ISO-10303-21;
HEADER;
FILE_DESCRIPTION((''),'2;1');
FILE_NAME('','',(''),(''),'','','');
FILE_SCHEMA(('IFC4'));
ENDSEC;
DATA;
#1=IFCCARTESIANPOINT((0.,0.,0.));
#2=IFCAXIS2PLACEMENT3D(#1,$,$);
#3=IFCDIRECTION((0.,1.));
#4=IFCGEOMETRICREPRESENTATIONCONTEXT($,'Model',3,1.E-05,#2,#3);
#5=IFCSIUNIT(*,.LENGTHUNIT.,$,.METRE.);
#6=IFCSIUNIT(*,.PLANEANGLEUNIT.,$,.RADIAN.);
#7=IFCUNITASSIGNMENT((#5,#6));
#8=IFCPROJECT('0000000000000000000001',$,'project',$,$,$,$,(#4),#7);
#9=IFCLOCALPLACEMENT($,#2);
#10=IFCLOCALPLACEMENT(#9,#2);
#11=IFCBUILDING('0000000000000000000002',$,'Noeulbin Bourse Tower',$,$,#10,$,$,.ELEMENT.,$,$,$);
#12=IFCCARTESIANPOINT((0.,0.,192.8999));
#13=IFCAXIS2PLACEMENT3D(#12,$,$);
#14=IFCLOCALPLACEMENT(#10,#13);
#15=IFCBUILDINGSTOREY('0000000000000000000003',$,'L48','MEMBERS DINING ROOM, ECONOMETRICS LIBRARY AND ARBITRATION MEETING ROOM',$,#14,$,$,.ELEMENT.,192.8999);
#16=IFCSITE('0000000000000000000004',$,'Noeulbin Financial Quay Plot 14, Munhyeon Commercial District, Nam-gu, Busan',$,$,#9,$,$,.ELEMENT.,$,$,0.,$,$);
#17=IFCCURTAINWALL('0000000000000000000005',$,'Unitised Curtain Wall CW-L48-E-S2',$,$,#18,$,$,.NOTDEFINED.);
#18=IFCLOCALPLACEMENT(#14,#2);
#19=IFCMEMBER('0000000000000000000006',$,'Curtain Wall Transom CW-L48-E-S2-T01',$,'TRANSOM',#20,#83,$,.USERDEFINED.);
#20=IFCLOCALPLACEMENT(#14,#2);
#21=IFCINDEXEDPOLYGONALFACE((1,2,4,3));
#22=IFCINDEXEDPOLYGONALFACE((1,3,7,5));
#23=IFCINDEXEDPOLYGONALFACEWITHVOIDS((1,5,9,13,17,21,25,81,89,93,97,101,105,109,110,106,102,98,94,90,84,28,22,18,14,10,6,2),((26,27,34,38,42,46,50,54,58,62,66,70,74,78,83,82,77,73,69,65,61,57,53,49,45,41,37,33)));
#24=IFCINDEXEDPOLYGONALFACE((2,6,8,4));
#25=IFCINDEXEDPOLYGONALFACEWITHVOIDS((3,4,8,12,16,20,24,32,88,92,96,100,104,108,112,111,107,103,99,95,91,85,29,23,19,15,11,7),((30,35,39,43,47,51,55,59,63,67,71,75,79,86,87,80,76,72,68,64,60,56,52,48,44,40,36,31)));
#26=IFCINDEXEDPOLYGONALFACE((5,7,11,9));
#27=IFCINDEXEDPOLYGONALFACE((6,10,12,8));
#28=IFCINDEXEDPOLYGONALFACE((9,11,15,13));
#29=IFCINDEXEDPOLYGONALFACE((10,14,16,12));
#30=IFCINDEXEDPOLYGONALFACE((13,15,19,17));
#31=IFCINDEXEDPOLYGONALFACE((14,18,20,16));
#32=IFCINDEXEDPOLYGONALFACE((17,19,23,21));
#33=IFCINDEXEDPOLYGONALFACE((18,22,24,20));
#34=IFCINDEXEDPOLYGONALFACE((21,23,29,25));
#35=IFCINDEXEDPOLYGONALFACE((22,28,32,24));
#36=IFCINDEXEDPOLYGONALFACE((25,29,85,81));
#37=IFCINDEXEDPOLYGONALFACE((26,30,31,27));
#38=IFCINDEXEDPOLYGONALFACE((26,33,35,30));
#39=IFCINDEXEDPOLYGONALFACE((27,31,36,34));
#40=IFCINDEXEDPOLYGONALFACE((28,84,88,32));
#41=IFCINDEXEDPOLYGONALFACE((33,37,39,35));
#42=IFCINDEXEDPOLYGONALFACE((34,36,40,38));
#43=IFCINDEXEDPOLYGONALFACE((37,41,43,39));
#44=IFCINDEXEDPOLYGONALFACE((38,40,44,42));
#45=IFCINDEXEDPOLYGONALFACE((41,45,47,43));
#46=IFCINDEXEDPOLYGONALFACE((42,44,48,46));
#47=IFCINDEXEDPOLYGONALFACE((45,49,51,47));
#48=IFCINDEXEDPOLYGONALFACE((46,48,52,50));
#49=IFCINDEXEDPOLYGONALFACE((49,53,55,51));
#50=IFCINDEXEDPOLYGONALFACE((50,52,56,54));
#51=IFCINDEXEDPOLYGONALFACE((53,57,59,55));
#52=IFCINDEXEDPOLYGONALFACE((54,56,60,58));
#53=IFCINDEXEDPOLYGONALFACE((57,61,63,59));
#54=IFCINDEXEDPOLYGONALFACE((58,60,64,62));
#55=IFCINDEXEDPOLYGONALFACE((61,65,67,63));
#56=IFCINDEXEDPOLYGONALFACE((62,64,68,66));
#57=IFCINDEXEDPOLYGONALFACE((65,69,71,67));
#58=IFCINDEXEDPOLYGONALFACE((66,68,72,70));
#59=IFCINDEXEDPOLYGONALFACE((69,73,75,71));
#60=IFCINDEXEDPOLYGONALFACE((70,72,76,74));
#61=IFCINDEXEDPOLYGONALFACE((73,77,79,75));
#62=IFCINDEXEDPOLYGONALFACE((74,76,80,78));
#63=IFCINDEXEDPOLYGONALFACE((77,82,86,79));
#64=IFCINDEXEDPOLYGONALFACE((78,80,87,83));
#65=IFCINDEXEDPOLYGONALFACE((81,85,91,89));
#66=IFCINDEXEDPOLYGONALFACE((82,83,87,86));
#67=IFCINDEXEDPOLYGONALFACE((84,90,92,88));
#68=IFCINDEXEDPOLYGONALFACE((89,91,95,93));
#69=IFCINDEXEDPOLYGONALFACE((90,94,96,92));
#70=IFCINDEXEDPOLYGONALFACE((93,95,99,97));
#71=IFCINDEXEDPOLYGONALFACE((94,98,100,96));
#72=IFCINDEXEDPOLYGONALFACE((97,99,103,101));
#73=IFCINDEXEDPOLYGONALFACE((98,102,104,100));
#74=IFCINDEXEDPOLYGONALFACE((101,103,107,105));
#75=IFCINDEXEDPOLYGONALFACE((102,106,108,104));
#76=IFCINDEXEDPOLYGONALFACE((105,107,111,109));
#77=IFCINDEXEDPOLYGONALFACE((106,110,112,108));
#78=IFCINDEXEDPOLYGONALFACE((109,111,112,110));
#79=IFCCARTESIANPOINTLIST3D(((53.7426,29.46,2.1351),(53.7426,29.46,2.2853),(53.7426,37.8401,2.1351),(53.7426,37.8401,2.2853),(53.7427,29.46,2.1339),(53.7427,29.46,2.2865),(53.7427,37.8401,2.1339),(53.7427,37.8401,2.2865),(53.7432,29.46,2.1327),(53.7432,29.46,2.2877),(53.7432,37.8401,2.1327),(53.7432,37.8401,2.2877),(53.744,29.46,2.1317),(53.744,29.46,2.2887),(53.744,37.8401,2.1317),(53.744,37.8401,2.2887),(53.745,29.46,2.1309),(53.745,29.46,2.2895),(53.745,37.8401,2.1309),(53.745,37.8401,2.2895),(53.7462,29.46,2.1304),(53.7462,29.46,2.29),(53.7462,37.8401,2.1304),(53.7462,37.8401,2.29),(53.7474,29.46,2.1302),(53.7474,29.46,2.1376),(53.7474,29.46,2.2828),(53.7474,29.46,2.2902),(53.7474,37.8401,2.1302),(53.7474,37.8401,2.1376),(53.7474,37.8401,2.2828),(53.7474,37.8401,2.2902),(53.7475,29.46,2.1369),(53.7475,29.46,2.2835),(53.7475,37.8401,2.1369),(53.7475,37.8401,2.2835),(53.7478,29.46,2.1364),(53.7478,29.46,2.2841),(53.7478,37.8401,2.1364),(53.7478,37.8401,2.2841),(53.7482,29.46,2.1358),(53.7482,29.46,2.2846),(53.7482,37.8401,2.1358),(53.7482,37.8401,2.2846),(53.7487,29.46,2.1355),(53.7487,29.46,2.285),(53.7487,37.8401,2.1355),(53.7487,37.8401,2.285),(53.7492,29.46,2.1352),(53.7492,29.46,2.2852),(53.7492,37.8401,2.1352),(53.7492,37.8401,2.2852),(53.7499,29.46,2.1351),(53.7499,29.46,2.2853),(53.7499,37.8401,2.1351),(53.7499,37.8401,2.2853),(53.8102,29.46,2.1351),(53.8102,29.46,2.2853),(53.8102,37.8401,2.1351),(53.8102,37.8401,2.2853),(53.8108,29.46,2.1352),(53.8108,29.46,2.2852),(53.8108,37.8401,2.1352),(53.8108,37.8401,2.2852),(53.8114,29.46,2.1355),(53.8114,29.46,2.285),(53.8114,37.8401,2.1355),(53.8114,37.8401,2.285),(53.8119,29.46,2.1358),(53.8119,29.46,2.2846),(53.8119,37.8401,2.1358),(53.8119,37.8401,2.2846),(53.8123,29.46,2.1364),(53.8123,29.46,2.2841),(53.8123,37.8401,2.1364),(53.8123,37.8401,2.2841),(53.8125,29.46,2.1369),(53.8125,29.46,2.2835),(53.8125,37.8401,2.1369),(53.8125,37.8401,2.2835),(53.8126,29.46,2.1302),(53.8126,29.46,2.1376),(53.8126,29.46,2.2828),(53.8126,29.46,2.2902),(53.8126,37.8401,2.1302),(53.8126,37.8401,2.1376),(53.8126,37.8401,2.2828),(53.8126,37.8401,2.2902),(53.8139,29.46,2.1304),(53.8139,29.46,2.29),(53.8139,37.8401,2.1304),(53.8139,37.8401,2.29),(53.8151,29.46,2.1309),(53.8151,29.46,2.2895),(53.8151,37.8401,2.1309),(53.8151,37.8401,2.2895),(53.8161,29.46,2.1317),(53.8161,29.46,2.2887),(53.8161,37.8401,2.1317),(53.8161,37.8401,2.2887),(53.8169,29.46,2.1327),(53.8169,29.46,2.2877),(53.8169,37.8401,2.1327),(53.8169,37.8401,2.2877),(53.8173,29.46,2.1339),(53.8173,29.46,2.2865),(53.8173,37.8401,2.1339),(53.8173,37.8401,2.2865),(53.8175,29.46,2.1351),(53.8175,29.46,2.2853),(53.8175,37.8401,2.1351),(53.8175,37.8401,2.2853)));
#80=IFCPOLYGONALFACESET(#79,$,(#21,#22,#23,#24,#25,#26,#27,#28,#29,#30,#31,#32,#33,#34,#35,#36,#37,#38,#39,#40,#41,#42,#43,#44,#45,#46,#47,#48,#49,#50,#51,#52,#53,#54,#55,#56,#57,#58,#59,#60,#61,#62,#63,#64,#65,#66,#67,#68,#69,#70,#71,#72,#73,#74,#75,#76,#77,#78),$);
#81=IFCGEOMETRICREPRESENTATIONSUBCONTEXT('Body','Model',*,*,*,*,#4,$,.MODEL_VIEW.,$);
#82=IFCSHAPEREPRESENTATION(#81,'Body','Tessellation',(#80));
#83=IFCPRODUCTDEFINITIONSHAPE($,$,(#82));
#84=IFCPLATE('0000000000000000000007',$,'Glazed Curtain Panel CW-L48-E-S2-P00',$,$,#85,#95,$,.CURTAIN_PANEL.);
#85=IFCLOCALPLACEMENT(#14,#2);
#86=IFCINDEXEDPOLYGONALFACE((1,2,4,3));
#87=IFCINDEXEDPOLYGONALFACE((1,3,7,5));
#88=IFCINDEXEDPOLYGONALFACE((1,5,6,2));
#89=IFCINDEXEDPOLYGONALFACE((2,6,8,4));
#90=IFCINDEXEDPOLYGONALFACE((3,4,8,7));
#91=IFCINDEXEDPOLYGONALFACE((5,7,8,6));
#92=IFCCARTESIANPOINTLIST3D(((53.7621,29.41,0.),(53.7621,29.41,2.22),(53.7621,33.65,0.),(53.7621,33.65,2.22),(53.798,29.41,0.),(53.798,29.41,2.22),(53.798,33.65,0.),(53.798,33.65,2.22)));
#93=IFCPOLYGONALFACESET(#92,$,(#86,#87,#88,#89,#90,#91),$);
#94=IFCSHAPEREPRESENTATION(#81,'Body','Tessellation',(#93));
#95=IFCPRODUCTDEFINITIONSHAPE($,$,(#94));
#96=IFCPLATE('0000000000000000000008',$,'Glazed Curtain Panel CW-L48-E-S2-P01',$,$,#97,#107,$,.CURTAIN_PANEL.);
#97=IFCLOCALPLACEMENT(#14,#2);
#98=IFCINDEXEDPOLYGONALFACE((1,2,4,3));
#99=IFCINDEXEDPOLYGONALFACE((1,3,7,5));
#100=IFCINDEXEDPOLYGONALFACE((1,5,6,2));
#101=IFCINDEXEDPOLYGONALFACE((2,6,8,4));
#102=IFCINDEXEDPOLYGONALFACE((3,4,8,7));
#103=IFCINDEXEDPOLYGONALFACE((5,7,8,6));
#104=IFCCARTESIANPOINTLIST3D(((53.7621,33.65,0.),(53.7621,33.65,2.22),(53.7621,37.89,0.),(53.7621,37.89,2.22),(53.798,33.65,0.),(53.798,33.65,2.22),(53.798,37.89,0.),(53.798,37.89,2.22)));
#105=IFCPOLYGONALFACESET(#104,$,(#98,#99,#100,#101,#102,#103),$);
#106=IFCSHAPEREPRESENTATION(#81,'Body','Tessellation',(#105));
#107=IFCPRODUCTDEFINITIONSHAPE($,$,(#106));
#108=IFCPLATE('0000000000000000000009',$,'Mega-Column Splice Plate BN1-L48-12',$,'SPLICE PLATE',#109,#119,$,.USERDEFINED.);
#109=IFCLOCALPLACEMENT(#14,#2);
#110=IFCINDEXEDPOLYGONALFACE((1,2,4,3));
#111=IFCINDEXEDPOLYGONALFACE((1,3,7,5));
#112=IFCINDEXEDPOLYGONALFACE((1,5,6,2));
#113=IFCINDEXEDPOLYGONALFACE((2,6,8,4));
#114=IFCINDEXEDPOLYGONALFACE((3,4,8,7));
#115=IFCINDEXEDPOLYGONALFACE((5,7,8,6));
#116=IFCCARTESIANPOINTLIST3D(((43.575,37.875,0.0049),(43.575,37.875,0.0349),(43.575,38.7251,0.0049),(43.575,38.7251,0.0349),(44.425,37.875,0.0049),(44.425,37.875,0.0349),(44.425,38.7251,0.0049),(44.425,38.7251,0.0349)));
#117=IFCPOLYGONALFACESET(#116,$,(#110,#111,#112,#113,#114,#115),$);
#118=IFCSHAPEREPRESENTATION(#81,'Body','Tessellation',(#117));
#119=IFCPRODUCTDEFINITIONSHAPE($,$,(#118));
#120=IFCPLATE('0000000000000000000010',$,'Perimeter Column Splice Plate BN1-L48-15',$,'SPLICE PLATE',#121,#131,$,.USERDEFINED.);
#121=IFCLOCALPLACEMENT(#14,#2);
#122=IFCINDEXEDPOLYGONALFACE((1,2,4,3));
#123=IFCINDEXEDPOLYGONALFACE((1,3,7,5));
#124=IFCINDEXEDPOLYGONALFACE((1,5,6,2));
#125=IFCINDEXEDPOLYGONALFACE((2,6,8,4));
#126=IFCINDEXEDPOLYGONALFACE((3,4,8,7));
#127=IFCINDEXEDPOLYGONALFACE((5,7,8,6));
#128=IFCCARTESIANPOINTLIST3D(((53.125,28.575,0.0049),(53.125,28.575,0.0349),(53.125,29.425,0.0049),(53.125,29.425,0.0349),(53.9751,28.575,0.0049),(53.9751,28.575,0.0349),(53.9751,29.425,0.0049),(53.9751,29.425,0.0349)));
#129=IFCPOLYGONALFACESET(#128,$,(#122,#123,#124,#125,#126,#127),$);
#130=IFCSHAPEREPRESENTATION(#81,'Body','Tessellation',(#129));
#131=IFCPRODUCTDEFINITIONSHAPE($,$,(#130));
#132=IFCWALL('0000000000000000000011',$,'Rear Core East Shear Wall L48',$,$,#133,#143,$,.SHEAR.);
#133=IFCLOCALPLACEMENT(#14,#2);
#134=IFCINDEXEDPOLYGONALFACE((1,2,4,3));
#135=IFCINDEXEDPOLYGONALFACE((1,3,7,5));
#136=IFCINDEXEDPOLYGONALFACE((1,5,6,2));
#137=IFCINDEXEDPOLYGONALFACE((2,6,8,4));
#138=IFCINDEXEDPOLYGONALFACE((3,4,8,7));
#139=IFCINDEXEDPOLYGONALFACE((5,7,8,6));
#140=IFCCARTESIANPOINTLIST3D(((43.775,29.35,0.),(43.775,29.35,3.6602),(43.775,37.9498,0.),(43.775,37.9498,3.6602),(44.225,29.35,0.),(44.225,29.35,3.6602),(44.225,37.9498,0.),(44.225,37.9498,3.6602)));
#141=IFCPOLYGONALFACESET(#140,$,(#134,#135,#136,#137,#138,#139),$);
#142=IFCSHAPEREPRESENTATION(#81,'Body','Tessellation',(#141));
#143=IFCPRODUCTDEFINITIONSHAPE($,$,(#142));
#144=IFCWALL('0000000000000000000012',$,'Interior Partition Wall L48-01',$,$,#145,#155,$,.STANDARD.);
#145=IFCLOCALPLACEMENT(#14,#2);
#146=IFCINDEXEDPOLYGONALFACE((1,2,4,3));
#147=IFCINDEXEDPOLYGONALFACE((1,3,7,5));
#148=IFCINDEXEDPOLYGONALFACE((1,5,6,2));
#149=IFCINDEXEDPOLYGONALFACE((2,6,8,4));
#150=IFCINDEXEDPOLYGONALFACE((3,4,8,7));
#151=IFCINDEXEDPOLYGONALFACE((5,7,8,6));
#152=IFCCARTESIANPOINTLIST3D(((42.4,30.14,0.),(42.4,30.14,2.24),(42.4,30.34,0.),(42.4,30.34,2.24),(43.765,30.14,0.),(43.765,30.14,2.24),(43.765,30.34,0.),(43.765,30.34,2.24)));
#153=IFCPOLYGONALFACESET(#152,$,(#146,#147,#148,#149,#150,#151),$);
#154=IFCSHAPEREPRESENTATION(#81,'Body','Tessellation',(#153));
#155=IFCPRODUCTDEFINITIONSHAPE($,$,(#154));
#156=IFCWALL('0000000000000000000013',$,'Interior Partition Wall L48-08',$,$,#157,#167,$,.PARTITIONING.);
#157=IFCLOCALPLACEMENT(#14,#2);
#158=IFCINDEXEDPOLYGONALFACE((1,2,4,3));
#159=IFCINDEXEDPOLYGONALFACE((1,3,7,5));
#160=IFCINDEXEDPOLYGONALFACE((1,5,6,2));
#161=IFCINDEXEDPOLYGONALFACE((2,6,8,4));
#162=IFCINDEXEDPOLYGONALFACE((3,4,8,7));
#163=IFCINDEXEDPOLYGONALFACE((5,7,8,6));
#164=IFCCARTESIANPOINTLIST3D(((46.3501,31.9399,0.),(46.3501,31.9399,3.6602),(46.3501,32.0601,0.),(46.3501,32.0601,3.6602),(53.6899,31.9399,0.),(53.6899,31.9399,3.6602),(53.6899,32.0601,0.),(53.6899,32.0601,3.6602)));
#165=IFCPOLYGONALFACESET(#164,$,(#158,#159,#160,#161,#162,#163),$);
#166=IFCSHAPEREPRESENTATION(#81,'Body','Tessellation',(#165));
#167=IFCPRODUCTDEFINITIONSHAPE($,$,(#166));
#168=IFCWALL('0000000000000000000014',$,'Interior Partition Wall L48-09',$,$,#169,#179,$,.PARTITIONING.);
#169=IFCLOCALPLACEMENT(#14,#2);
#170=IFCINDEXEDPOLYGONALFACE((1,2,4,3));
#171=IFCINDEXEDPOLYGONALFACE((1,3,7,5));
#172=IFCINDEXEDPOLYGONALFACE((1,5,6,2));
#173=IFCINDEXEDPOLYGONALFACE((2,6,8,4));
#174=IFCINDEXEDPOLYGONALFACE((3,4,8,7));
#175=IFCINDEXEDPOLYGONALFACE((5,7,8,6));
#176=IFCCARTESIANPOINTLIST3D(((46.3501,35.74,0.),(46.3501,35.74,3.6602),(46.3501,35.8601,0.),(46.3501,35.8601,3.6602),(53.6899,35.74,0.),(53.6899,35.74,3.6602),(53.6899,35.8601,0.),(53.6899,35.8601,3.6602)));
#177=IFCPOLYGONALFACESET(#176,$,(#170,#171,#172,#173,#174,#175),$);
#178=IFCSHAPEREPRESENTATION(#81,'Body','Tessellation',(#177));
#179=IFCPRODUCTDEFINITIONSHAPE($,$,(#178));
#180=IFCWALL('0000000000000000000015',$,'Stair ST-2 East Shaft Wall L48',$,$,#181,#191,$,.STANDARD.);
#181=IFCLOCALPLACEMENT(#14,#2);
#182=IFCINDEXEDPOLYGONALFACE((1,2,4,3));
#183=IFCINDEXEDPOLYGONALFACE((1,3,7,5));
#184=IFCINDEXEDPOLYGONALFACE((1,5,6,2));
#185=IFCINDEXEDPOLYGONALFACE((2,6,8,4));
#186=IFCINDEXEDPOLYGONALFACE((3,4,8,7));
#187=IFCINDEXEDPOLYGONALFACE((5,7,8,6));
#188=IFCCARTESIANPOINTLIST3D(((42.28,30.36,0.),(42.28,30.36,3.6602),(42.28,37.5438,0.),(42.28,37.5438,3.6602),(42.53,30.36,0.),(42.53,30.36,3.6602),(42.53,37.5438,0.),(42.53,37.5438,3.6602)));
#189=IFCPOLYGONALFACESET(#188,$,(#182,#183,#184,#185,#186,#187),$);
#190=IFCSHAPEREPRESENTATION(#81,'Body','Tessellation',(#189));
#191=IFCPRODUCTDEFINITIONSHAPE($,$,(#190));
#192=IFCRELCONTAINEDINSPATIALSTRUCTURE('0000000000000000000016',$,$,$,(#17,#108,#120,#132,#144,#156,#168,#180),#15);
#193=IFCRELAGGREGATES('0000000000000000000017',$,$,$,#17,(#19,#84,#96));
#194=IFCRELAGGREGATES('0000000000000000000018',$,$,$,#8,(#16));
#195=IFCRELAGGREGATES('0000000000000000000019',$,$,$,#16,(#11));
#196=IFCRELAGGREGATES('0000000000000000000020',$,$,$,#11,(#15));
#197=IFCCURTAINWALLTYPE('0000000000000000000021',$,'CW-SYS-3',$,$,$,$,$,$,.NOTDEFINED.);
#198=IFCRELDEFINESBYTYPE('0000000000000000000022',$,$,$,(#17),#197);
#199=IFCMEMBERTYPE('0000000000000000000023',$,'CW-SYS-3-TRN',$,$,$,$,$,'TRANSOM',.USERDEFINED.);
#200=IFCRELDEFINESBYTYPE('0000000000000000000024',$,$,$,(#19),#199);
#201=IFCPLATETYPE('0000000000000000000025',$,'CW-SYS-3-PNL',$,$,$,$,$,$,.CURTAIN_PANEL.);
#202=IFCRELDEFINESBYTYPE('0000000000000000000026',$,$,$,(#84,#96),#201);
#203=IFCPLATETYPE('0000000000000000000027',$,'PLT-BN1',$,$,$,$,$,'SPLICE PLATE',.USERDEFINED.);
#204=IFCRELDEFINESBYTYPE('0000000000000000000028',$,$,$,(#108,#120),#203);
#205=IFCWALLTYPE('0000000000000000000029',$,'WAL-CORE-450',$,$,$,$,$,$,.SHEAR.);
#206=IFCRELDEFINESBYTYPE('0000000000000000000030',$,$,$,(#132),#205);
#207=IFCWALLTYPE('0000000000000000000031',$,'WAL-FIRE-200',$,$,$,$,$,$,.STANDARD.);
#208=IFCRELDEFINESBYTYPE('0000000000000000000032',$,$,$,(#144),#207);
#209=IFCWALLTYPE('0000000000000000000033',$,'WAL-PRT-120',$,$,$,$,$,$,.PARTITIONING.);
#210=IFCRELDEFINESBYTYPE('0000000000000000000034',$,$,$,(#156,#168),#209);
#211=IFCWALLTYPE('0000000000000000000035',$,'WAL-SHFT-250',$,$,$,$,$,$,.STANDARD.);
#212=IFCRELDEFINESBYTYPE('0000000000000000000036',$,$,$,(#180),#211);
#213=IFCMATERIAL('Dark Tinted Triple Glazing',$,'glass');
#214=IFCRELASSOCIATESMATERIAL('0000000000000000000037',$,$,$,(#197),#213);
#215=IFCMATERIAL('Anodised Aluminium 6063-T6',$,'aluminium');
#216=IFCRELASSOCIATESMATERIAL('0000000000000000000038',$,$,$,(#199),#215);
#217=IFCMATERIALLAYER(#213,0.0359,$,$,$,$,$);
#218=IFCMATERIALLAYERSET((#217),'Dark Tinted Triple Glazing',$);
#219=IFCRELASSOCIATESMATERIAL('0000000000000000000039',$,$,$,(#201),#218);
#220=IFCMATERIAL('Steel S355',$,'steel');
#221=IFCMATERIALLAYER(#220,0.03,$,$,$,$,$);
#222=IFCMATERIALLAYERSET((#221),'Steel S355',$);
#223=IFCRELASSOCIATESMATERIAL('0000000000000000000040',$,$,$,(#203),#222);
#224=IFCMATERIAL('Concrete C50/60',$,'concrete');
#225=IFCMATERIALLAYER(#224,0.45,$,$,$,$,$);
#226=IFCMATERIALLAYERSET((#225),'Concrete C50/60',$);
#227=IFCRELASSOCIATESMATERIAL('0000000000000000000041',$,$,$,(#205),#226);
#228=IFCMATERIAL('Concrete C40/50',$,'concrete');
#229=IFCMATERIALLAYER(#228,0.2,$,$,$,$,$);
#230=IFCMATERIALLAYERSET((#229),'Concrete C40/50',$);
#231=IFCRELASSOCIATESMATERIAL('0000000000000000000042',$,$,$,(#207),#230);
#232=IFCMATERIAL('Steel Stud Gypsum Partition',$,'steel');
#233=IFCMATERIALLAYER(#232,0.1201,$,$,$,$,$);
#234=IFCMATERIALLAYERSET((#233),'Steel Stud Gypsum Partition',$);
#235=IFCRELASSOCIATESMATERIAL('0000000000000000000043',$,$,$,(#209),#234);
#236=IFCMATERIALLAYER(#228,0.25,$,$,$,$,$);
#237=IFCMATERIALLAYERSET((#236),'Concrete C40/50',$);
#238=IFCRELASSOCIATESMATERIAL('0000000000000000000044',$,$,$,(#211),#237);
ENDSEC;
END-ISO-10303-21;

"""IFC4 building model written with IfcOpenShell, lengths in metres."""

from ifc_helpers import new_model, si_unit, direction, frame, frame_2d, origin, origin_2d, place, context, subcontext, project, spatial, rectangle, hollow_rectangle, extrude, material, layer, layer_set, material_profile, profile_set, type_object, element, aggregate, save


model = new_model("IFC4")

# Units and contexts
model_context = context("Model", 3, precision=1e-05, world=origin(), true_north=direction((0.0, 1.0)))
body_context = subcontext(model_context, "Body", "Model", "MODEL_VIEW")
ifc_project = project(units=[si_unit("LENGTHUNIT", "METRE"), si_unit("PLANEANGLEUNIT", "RADIAN")], contexts=[model_context])

# Site, building, storey
site_placement = place(None, origin())
site = spatial("IfcSite", under=ifc_project, at=site_placement, Name="Noeulbin Financial Quay Plot 14, Munhyeon Commercial District, Nam-gu, Busan", CompositionType="ELEMENT", RefElevation=0.0)
building_placement = place(site_placement, origin())
building = spatial("IfcBuilding", under=site, at=building_placement, Name="Noeulbin Bourse Tower", CompositionType="ELEMENT")
storey_placement = place(building_placement, frame((0.0, 0.0, 192.8999)))
storey = spatial("IfcBuildingStorey", under=building, at=storey_placement, Name="L48", Description="MEMBERS DINING ROOM, ECONOMETRICS LIBRARY AND ARBITRATION MEETING ROOM", CompositionType="ELEMENT", Elevation=192.8999)

# Shared definitions
ifc_material_1 = material(Name="Steel S355", Category="steel")

# Curtain wall, member, plates
ifc_material_2 = material(Name="Dark Tinted Triple Glazing", Category="glass")
curtain_wall_type = type_object("IfcCurtainWallType", Name="CW-SYS-3", PredefinedType="NOTDEFINED", material=ifc_material_2)
curtain_wall_placement = place(storey_placement, origin())
curtain_wall = element("IfcCurtainWall", 1, at=curtain_wall_placement, inside=storey, type_object=curtain_wall_type, Name="Unitised Curtain Wall CW-L48-E-S2", PredefinedType="NOTDEFINED")
ifc_material_3 = material(Name="Anodised Aluminium 6063-T6", Category="aluminium")
ifc_material_profile_1 = material_profile(ifc_material_3, hollow_rectangle(XDim=0.075, YDim=0.1599, WallThickness=0.0049, InnerFilletRadius=0.0024, OuterFilletRadius=0.0049, at=origin_2d()), Name="ALU-TRAN-75x160x5", Category="LoadBearing")
ifc_profile_set_1 = profile_set([ifc_material_profile_1], Name="Anodised Aluminium 6063-T6")
member_type_1 = type_object("IfcMemberType", Name="CW-SYS-3-TRN", ElementType="TRANSOM", PredefinedType="USERDEFINED", material=ifc_profile_set_1)
member_1_placement = place(storey_placement, frame((53.78, 29.46, 2.2102), z_axis=(0.0, 1.0, 0.0), x_axis=(-1.0, 0.0, 0.0)))
member_1 = element("IfcMember", 2, at=member_1_placement, type_object=member_type_1, Name="Curtain Wall Transom CW-L48-E-S2-T01", ObjectType="TRANSOM", PredefinedType="USERDEFINED", context=body_context, shape_type="SweptSolid", body=[
    extrude(hollow_rectangle(XDim=0.075, YDim=0.1599, WallThickness=0.0049, InnerFilletRadius=0.0024, OuterFilletRadius=0.0049, at=origin_2d()), origin(), (0.0, 0.0, 1.0), 8.3801),
])
ifc_layer_1 = layer(ifc_material_2, 0.0359)
ifc_layer_set_1 = layer_set([ifc_layer_1], Name="Dark Tinted Triple Glazing")
plate_type_1 = type_object("IfcPlateType", Name="CW-SYS-3-PNL", PredefinedType="CURTAIN_PANEL", material=ifc_layer_set_1)
plate_1_placement = place(storey_placement, frame((53.78, 31.53, 0.0), z_axis=(0.0, 0.0, 1.0), x_axis=(0.0, 1.0, 0.0)))
plate_1 = element("IfcPlate", 3, at=plate_1_placement, type_object=plate_type_1, Name="Glazed Curtain Panel CW-L48-E-S2-P00", PredefinedType="CURTAIN_PANEL", context=body_context, shape_type="SweptSolid", body=[
    extrude(rectangle(XDim=4.24, YDim=0.0359, at=origin_2d()), origin(), (0.0, 0.0, 1.0), 2.22),
])
plate_2_placement = place(storey_placement, frame((53.78, 35.77, 0.0), z_axis=(0.0, 0.0, 1.0), x_axis=(0.0, 1.0, 0.0)))
plate_2 = element("IfcPlate", 4, at=plate_2_placement, type_object=plate_type_1, Name="Glazed Curtain Panel CW-L48-E-S2-P01", PredefinedType="CURTAIN_PANEL", context=body_context, shape_type="SweptSolid", body=[
    extrude(rectangle(XDim=4.24, YDim=0.0359, at=origin_2d()), origin(), (0.0, 0.0, 1.0), 2.22),
])
aggregate(curtain_wall, [member_1, plate_1, plate_2])

# Plates
ifc_layer_2 = layer(ifc_material_1, 0.03)
ifc_layer_set_2 = layer_set([ifc_layer_2], Name="Steel S355")
plate_type_2 = type_object("IfcPlateType", Name="PLT-BN1", ElementType="SPLICE PLATE", PredefinedType="USERDEFINED", material=ifc_layer_set_2)
for number, where, z_axis, x_axis, name in (
    (5, (44.0, 38.3, 0.0049), (0.0, 0.0, 1.0), (1.0, 0.0, 0.0), "Mega-Column Splice Plate BN1-L48-12"),
    (6, (53.55, 29.0, 0.0049), (0.0, 0.0, 1.0), (1.0, 0.0, 0.0), "Perimeter Column Splice Plate BN1-L48-15"),
):
    element("IfcPlate", number, at=place(storey_placement, frame(where, z_axis=z_axis, x_axis=x_axis)), inside=storey, type_object=plate_type_2, Name=name, ObjectType="SPLICE PLATE", PredefinedType="USERDEFINED", context=body_context, shape_type="SweptSolid", body=[
        extrude(rectangle(XDim=0.8501, YDim=0.8501, at=origin_2d()), origin(), (0.0, 0.0, 1.0), 0.03),
    ])

# Walls
ifc_material_4 = material(Name="Concrete C50/60", Category="concrete")
ifc_layer_3 = layer(ifc_material_4, 0.45)
ifc_layer_set_3 = layer_set([ifc_layer_3], Name="Concrete C50/60")
wall_type_1 = type_object("IfcWallType", Name="WAL-CORE-450", PredefinedType="SHEAR", material=ifc_layer_set_3)
wall_1_placement = place(storey_placement, frame((44.0, 29.3501, 0.0), z_axis=(0.0, 0.0, 1.0), x_axis=(0.0, 1.0, 0.0)))
element("IfcWall", 7, at=wall_1_placement, inside=storey, type_object=wall_type_1, Name="Rear Core East Shear Wall L48", PredefinedType="SHEAR", context=body_context, shape_type="SweptSolid", body=[
    extrude(rectangle(XDim=8.5999, YDim=0.45, at=frame_2d((4.2998, 0.0))), origin(), (0.0, 0.0, 1.0), 3.6602),
])
ifc_material_5 = material(Name="Concrete C40/50", Category="concrete")
ifc_layer_4 = layer(ifc_material_5, 0.2)
ifc_layer_set_4 = layer_set([ifc_layer_4], Name="Concrete C40/50")
wall_type_2 = type_object("IfcWallType", Name="WAL-FIRE-200", PredefinedType="STANDARD", material=ifc_layer_set_4)
wall_2_placement = place(storey_placement, frame((42.3999, 30.24, 0.0), z_axis=(0.0, 0.0, 1.0), x_axis=(1.0, 0.0, 0.0)))
element("IfcWall", 8, at=wall_2_placement, inside=storey, type_object=wall_type_2, Name="Interior Partition Wall L48-01", PredefinedType="STANDARD", context=body_context, shape_type="SweptSolid", body=[
    extrude(rectangle(XDim=1.365, YDim=0.2, at=frame_2d((0.6826, 0.0))), origin(), (0.0, 0.0, 1.0), 2.24),
])
ifc_material_6 = material(Name="Steel Stud Gypsum Partition", Category="steel")
ifc_layer_5 = layer(ifc_material_6, 0.1201)
ifc_layer_set_5 = layer_set([ifc_layer_5], Name="Steel Stud Gypsum Partition")
wall_type_3 = type_object("IfcWallType", Name="WAL-PRT-120", PredefinedType="PARTITIONING", material=ifc_layer_set_5)
for number, where, z_axis, x_axis, name in (
    (9, (46.3501, 32.0, 0.0), (0.0, 0.0, 1.0), (1.0, 0.0, 0.0), "Interior Partition Wall L48-08"),
    (10, (46.3501, 35.8, 0.0), (0.0, 0.0, 1.0), (1.0, 0.0, 0.0), "Interior Partition Wall L48-09"),
):
    element("IfcWall", number, at=place(storey_placement, frame(where, z_axis=z_axis, x_axis=x_axis)), inside=storey, type_object=wall_type_3, Name=name, PredefinedType="PARTITIONING", context=body_context, shape_type="SweptSolid", body=[
        extrude(rectangle(XDim=7.3398, YDim=0.1201, at=frame_2d((3.6699, 0.0))), origin(), (0.0, 0.0, 1.0), 3.6602),
    ])
ifc_layer_6 = layer(ifc_material_5, 0.25)
ifc_layer_set_6 = layer_set([ifc_layer_6], Name="Concrete C40/50")
wall_type_4 = type_object("IfcWallType", Name="WAL-SHFT-250", PredefinedType="STANDARD", material=ifc_layer_set_6)
wall_3_placement = place(storey_placement, frame((42.405, 30.3601, 0.0), z_axis=(0.0, 0.0, 1.0), x_axis=(0.0, 1.0, 0.0)))
element("IfcWall", 11, at=wall_3_placement, inside=storey, type_object=wall_type_4, Name="Stair ST-2 East Shaft Wall L48", PredefinedType="STANDARD", context=body_context, shape_type="SweptSolid", body=[
    extrude(rectangle(XDim=7.1838, YDim=0.25, at=frame_2d((3.5918, 0.0))), origin(), (0.0, 0.0, 1.0), 3.6602),
])

save(model, "model.ifc")
